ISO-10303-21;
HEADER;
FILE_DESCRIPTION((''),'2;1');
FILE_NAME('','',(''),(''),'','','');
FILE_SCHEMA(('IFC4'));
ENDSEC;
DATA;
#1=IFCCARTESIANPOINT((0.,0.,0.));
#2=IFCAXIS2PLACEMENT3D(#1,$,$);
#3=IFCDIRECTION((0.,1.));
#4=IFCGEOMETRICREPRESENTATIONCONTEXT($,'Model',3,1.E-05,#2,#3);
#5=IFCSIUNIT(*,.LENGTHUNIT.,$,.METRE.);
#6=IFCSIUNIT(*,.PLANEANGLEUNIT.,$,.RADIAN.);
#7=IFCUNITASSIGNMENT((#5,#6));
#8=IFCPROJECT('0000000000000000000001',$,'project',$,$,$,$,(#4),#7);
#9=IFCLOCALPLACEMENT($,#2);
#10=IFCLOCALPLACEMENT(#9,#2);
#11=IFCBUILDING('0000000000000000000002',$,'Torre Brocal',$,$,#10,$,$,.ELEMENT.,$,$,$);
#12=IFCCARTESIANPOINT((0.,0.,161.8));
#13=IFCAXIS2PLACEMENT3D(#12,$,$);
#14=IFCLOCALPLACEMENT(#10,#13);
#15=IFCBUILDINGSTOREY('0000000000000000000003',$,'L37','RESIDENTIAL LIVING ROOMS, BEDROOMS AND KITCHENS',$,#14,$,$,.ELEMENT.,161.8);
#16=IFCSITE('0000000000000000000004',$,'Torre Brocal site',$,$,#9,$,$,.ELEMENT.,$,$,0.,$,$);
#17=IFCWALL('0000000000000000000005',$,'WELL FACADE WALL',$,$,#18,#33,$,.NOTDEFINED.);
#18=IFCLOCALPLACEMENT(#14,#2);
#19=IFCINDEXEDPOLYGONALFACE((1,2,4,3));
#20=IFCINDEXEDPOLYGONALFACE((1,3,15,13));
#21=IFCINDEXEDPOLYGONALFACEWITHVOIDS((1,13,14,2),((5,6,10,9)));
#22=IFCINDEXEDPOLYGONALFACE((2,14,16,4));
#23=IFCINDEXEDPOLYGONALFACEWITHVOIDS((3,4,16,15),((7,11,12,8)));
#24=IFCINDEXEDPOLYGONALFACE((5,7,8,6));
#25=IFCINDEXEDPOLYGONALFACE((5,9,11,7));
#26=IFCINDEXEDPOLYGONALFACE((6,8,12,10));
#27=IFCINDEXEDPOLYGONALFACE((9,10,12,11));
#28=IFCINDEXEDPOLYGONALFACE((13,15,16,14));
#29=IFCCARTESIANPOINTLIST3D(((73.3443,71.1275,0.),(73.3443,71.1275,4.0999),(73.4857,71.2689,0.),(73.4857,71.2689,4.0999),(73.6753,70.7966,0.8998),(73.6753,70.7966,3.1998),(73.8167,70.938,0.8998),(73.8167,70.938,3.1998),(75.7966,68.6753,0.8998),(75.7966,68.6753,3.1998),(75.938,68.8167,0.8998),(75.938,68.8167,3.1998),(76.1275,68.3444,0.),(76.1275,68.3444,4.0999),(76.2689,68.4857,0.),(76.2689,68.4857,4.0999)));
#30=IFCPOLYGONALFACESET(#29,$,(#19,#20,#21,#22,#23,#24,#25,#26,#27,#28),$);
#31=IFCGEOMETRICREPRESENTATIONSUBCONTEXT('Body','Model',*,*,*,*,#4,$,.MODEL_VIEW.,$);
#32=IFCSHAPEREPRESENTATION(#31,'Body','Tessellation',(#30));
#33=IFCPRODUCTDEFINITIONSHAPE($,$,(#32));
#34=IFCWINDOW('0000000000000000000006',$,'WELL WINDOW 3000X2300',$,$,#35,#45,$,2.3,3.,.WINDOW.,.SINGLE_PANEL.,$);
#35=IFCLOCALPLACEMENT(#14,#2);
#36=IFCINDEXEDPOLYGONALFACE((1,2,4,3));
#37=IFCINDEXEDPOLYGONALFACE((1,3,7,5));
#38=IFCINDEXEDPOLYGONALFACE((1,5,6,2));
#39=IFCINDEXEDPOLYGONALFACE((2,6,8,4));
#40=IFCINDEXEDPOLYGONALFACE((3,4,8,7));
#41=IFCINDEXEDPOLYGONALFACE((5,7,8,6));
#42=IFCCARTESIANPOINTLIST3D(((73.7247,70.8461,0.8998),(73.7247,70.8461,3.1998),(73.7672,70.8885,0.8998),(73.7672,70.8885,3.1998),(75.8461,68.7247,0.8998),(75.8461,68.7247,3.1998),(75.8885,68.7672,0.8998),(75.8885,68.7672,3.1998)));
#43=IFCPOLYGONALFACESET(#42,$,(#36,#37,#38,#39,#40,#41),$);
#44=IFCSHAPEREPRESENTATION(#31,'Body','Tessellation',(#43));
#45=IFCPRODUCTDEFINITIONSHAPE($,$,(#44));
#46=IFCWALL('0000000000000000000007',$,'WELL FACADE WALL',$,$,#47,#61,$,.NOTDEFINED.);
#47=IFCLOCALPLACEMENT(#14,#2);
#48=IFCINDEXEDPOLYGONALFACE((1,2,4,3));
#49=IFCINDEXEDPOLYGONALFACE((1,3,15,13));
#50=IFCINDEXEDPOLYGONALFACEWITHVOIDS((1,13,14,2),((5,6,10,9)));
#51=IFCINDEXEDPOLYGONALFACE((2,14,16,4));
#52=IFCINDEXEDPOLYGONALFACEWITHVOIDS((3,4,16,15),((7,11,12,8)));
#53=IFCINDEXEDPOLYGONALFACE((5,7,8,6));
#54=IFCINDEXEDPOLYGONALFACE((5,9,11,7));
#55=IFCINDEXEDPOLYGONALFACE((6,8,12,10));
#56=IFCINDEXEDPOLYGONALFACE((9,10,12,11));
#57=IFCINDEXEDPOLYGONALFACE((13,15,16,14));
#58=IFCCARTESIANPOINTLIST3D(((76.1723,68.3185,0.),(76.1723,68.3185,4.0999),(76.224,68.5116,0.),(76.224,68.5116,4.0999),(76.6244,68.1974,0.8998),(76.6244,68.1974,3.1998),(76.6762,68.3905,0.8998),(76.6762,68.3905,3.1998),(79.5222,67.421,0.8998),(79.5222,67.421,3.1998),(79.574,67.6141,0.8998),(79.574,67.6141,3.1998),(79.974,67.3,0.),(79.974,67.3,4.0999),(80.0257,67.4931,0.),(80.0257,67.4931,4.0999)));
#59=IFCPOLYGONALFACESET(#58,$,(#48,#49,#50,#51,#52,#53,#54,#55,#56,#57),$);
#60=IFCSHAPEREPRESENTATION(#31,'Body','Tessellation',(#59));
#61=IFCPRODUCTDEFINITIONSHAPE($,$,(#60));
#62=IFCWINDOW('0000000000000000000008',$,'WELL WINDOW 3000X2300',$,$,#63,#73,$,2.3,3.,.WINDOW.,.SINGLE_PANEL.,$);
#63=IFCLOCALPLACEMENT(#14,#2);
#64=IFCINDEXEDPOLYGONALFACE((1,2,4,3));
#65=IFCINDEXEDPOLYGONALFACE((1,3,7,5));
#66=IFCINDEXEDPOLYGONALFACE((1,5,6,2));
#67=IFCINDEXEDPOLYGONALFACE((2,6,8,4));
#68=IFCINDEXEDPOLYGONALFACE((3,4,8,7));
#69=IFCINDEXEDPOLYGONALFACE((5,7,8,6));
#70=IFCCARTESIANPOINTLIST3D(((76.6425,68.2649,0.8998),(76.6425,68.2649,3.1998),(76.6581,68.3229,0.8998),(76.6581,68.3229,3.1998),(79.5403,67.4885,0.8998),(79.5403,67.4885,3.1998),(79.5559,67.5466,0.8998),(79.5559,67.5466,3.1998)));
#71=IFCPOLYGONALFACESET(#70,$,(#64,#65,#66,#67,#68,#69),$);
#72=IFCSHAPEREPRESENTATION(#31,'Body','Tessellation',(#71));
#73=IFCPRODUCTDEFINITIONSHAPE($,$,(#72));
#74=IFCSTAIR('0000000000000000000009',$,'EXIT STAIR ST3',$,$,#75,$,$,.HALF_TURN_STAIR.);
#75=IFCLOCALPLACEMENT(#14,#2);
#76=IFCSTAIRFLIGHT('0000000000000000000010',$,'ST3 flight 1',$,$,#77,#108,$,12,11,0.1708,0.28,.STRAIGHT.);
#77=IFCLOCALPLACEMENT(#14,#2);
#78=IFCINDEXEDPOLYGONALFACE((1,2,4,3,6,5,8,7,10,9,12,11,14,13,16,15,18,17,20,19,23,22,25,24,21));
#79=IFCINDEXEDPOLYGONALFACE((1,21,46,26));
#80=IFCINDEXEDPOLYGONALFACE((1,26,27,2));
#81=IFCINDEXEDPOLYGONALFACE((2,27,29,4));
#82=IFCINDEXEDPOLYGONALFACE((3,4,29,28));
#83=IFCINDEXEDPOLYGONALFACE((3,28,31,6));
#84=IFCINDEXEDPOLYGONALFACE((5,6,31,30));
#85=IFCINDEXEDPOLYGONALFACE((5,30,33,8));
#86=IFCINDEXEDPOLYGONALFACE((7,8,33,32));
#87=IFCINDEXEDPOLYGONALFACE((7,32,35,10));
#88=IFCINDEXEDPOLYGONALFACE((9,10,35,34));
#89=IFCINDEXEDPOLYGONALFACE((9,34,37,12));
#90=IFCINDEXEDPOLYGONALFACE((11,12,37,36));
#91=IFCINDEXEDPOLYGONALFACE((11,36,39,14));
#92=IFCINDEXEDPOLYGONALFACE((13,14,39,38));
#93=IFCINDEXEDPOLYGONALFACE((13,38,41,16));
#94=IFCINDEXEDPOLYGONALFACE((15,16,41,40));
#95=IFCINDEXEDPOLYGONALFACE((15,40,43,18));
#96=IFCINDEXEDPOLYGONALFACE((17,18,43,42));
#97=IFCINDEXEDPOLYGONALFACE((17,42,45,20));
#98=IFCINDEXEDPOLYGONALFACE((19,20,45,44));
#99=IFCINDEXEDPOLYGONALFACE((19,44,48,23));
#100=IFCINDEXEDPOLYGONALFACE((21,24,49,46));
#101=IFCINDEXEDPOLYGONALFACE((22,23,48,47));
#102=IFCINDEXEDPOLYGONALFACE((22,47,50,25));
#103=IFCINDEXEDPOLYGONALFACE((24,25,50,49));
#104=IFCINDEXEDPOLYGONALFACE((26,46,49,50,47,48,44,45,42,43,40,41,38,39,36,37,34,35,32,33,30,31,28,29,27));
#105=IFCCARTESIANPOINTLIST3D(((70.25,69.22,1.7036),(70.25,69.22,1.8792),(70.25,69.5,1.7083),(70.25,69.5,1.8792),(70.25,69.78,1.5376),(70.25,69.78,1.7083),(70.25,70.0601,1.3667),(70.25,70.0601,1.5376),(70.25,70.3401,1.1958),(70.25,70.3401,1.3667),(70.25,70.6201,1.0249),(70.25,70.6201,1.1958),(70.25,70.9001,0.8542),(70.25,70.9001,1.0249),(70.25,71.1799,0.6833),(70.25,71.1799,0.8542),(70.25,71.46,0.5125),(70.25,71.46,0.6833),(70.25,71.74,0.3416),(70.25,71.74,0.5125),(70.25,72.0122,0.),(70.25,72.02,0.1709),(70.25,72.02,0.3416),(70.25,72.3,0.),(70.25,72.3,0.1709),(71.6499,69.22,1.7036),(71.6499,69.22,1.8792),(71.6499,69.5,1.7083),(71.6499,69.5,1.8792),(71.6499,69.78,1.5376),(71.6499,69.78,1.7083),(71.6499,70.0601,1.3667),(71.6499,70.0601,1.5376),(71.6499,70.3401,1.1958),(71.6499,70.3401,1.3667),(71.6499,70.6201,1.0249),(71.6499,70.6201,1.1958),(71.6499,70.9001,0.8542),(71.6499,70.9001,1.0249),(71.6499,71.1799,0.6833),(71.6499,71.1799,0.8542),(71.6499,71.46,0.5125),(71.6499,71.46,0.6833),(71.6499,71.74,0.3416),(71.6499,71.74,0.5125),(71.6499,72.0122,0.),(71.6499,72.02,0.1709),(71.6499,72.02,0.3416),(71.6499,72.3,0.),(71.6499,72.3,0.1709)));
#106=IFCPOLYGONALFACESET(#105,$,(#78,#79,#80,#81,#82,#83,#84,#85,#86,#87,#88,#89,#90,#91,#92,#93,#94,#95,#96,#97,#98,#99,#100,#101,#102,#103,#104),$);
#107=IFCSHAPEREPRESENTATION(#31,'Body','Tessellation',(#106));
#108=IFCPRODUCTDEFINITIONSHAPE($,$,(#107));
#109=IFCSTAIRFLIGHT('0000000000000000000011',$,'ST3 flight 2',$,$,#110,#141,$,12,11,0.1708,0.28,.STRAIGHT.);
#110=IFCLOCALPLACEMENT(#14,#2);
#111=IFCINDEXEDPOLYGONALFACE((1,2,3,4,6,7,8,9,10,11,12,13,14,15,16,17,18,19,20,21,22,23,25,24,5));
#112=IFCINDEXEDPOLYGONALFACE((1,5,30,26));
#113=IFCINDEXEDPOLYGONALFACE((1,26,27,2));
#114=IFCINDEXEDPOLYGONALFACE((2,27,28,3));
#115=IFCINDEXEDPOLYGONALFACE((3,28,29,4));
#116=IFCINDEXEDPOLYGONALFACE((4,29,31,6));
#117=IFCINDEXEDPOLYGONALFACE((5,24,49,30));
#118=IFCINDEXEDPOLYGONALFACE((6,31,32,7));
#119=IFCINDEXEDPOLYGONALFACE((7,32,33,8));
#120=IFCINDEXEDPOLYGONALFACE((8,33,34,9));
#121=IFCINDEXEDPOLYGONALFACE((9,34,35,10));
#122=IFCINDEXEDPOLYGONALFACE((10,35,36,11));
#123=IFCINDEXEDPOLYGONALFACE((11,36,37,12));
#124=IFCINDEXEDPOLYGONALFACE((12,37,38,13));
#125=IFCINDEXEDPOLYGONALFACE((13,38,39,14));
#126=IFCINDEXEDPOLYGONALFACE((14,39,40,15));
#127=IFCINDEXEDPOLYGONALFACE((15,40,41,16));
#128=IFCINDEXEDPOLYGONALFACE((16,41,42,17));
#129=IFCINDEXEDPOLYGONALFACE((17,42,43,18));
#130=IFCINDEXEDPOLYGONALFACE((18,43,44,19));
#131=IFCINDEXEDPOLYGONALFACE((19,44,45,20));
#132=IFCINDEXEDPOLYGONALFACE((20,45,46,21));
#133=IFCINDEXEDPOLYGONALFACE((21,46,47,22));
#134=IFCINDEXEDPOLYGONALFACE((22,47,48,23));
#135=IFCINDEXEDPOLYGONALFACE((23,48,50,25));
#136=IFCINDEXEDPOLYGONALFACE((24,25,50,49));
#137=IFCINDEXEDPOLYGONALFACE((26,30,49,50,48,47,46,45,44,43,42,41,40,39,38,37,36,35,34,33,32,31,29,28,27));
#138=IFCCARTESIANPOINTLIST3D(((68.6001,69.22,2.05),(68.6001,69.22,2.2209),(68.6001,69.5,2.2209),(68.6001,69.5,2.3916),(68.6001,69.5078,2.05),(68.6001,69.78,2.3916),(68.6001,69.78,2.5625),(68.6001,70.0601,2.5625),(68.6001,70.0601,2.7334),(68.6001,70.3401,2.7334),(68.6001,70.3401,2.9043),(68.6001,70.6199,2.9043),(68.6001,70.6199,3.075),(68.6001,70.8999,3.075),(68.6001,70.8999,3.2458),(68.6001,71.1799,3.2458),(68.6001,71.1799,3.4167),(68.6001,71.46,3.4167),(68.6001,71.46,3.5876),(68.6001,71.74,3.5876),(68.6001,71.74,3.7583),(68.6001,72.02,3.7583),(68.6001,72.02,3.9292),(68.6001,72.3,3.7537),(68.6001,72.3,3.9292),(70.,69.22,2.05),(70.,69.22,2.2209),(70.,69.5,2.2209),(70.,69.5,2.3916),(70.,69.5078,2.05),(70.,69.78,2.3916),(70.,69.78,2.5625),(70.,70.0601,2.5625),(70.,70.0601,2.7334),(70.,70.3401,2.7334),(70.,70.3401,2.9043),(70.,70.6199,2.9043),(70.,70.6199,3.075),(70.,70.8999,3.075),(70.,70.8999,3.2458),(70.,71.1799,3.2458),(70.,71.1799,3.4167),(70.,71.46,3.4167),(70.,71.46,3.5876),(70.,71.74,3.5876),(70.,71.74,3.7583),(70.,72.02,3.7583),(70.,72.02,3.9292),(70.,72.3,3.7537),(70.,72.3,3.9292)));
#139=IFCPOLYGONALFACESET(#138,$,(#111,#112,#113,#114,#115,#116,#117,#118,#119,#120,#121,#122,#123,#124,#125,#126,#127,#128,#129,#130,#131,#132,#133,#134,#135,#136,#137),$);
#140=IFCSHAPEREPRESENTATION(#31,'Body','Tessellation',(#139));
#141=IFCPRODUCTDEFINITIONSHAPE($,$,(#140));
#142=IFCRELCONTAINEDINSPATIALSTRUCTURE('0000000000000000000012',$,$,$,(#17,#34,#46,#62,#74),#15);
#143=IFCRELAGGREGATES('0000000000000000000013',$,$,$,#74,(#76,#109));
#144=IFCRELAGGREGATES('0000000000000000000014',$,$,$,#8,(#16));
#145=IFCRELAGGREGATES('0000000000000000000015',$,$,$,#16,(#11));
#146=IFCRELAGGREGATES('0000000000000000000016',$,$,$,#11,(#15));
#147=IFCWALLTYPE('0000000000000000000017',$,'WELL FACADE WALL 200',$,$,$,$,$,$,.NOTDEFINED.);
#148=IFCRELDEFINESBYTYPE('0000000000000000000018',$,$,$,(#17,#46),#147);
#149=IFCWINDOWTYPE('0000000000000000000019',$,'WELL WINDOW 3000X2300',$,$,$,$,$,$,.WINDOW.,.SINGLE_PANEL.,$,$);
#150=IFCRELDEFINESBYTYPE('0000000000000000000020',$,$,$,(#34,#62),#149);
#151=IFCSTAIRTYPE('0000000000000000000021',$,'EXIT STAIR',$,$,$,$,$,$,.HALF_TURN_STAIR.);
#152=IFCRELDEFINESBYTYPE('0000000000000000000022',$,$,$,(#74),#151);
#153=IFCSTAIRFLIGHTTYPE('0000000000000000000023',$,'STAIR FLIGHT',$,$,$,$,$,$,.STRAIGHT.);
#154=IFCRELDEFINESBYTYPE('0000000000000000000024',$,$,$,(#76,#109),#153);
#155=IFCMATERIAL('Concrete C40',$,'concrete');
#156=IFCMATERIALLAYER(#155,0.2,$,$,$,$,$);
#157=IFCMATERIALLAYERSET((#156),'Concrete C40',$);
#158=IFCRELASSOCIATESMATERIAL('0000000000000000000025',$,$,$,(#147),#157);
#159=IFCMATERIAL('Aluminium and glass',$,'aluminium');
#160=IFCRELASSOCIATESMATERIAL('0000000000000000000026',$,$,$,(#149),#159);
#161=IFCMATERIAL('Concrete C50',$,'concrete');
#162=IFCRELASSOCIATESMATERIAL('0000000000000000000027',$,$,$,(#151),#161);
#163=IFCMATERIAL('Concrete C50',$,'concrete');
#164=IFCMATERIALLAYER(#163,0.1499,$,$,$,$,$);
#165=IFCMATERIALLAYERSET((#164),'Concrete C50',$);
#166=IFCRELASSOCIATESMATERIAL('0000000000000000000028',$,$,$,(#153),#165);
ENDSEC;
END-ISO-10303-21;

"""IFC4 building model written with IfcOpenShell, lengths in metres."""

from ifc_helpers import new_model, si_unit, direction, frame, frame_2d, origin, place, context, subcontext, project, spatial, polyline, rectangle, outline, extrude, material, layer, layer_set, type_object, element, fill, aggregate, save


model = new_model("IFC4")

# Units and contexts
model_context = context("Model", 3, precision=1e-05, world=origin(), true_north=direction((0.0, 1.0)))
body_context = subcontext(model_context, "Body", "Model", "MODEL_VIEW")
ifc_project = project(units=[si_unit("LENGTHUNIT", "METRE"), si_unit("PLANEANGLEUNIT", "RADIAN")], contexts=[model_context])

# Site, building, storey
site_placement = place(None, origin())
site = spatial("IfcSite", under=ifc_project, at=site_placement, Name="Torre Brocal site", CompositionType="ELEMENT", RefElevation=0.0)
building_placement = place(site_placement, origin())
building = spatial("IfcBuilding", under=site, at=building_placement, Name="Torre Brocal", CompositionType="ELEMENT")
storey_placement = place(building_placement, frame((0.0, 0.0, 161.8)))
storey = spatial("IfcBuildingStorey", under=building, at=storey_placement, Name="L37", Description="RESIDENTIAL LIVING ROOMS, BEDROOMS AND KITCHENS", CompositionType="ELEMENT", Elevation=161.8)

# Walls, openings, windows
ifc_material_1 = material(Name="Concrete C40", Category="concrete")
ifc_layer_1 = layer(ifc_material_1, 0.2)
ifc_layer_set_1 = layer_set([ifc_layer_1], Name="Concrete C40")
wall_type_1 = type_object("IfcWallType", Name="WELL FACADE WALL 200", PredefinedType="NOTDEFINED", material=ifc_layer_set_1)
wall_1_placement = place(storey_placement, frame((73.415, 71.1982, 0.0), z_axis=(0.0, 0.0, 1.0), x_axis=(0.707107, -0.707107, 0.0)))
wall_1 = element("IfcWall", 1, at=wall_1_placement, inside=storey, type_object=wall_type_1, Name="WELL FACADE WALL", PredefinedType="NOTDEFINED", context=body_context, shape_type="SweptSolid", body=[
    extrude(rectangle(XDim=3.936, YDim=0.2, at=frame_2d((1.968, 0.0))), origin(), (0.0, 0.0, 1.0), 4.0999),
])
opening_1_placement = place(wall_1_placement, frame((0.468, 0.0, 0.8999)))
opening_1 = element("IfcOpeningElement", 2, at=opening_1_placement, cuts=wall_1, PredefinedType="OPENING", context=body_context, shape_type="SweptSolid", body=[
    extrude(rectangle(XDim=3.0, YDim=2.3, at=frame_2d((1.5, 1.1499))), frame((0.0, 0.1099, 0.0), z_axis=(0.0, -1.0, 0.0), x_axis=(1.0, 0.0, 0.0)), (0.0, 0.0, 1.0), 0.22),
])
ifc_material_2 = material(Name="Aluminium and glass", Category="aluminium")
window_type = type_object("IfcWindowType", Name="WELL WINDOW 3000X2300", PartitioningType="SINGLE_PANEL", PredefinedType="WINDOW", material=ifc_material_2)
window_1_placement = place(opening_1_placement, origin())
window_1 = element("IfcWindow", 3, at=window_1_placement, inside=storey, type_object=window_type, Name="WELL WINDOW 3000X2300", OverallHeight=2.3, OverallWidth=3.0, PartitioningType="SINGLE_PANEL", PredefinedType="WINDOW", context=body_context, shape_type="SweptSolid", body=[
    extrude(rectangle(XDim=3.0, YDim=2.3, at=frame_2d((1.5, 1.1499))), frame((0.0, 0.03, 0.0), z_axis=(0.0, -1.0, 0.0), x_axis=(1.0, 0.0, 0.0)), (0.0, 0.0, 1.0), 0.0601),
])
fill(opening_1, window_1)
wall_2_placement = place(storey_placement, frame((76.1982, 68.415, 0.0), z_axis=(0.0, 0.0, 1.0), x_axis=(0.965934, -0.25879, 0.0)))
wall_2 = element("IfcWall", 4, at=wall_2_placement, inside=storey, type_object=wall_type_1, Name="WELL FACADE WALL", PredefinedType="NOTDEFINED", context=body_context, shape_type="SweptSolid", body=[
    extrude(rectangle(XDim=3.9358, YDim=0.2, at=frame_2d((1.9678, 0.0))), origin(), (0.0, 0.0, 1.0), 4.0999),
])
opening_2_placement = place(wall_2_placement, frame((0.468, 0.0, 0.8999)))
opening_2 = element("IfcOpeningElement", 5, at=opening_2_placement, cuts=wall_2, PredefinedType="OPENING", context=body_context, shape_type="SweptSolid", body=[
    extrude(rectangle(XDim=3.0, YDim=2.3, at=frame_2d((1.5, 1.1499))), frame((0.0, 0.1099, 0.0), z_axis=(0.0, -1.0, 0.0), x_axis=(1.0, 0.0, 0.0)), (0.0, 0.0, 1.0), 0.22),
])
window_2_placement = place(opening_2_placement, origin())
window_2 = element("IfcWindow", 6, at=window_2_placement, inside=storey, type_object=window_type, Name="WELL WINDOW 3000X2300", OverallHeight=2.3, OverallWidth=3.0, PartitioningType="SINGLE_PANEL", PredefinedType="WINDOW", context=body_context, shape_type="SweptSolid", body=[
    extrude(rectangle(XDim=3.0, YDim=2.3, at=frame_2d((1.5, 1.1499))), frame((0.0, 0.03, 0.0), z_axis=(0.0, -1.0, 0.0), x_axis=(1.0, 0.0, 0.0)), (0.0, 0.0, 1.0), 0.0601),
])
fill(opening_2, window_2)

# Stair, stair flights
ifc_material_3 = material(Name="Concrete C50", Category="concrete")
stair_type = type_object("IfcStairType", Name="EXIT STAIR", PredefinedType="HALF_TURN_STAIR", material=ifc_material_3)
stair_placement = place(storey_placement, origin())
stair = element("IfcStair", 7, at=stair_placement, inside=storey, type_object=stair_type, Name="EXIT STAIR ST3", PredefinedType="HALF_TURN_STAIR")
ifc_material_4 = material(Name="Concrete C50", Category="concrete")
ifc_layer_2 = layer(ifc_material_4, 0.1499)
ifc_layer_set_2 = layer_set([ifc_layer_2], Name="Concrete C50")
stair_flight_type = type_object("IfcStairFlightType", Name="STAIR FLIGHT", PredefinedType="STRAIGHT", material=ifc_layer_set_2)
stair_flight_1_placement = place(storey_placement, frame((70.95, 72.3, 0.0), z_axis=(0.0, 0.0, 1.0), x_axis=(0.0, -1.0, 0.0)))
stair_flight_1 = element("IfcStairFlight", 8, at=stair_flight_1_placement, type_object=stair_flight_type, Name="ST3 flight 1", NumberOfRisers=12, NumberOfTreads=11, PredefinedType="STRAIGHT", RiserHeight=0.1708, TreadLength=0.28, context=body_context, shape_type="SweptSolid", body=[
    extrude(outline(polyline([(0.0, 0.0), (0.0, 0.1709), (0.28, 0.1709), (0.28, 0.3416), (0.5601, 0.3416), (0.5601, 0.5125), (0.8401, 0.5125), (0.8401, 0.6833), (1.1201, 0.6833), (1.1201, 0.8542), (1.3999, 0.8542), (1.3999, 1.0249), (1.6799, 1.0249), (1.6799, 1.1958), (1.96, 1.1958), (1.96, 1.3667), (2.24, 1.3667), (2.24, 1.5376), (2.52, 1.5376), (2.52, 1.7083), (2.8, 1.7083), (2.8, 1.8792), (3.0801, 1.8792), (3.0801, 2.05), (3.0801, 1.7036), (0.2878, 0.0), (0.0, 0.0)])), frame((0.0, 0.7, 0.0), z_axis=(0.0, -1.0, 0.0), x_axis=(1.0, 0.0, 0.0)), (0.0, 0.0, 1.0), 1.3999),
])
stair_flight_2_placement = place(storey_placement, frame((69.3, 69.22, 2.05), z_axis=(0.0, 0.0, 1.0), x_axis=(0.0, 1.0, 0.0)))
stair_flight_2 = element("IfcStairFlight", 9, at=stair_flight_2_placement, type_object=stair_flight_type, Name="ST3 flight 2", NumberOfRisers=12, NumberOfTreads=11, PredefinedType="STRAIGHT", RiserHeight=0.1708, TreadLength=0.28, context=body_context, shape_type="SweptSolid", body=[
    extrude(outline(polyline([(0.0, 0.0), (0.0, 0.1709), (0.28, 0.1709), (0.28, 0.3416), (0.5601, 0.3416), (0.5601, 0.5125), (0.8401, 0.5125), (0.8401, 0.6833), (1.1201, 0.6833), (1.1201, 0.8542), (1.3999, 0.8542), (1.3999, 1.0249), (1.6799, 1.0249), (1.6799, 1.1958), (1.96, 1.1958), (1.96, 1.3667), (2.24, 1.3667), (2.24, 1.5376), (2.52, 1.5376), (2.52, 1.7083), (2.8, 1.7083), (2.8, 1.8792), (3.0801, 1.8792), (3.0801, 2.05), (3.0801, 1.7036), (0.2878, 0.0), (0.0, 0.0)])), frame((0.0, 0.7, 0.0), z_axis=(0.0, -1.0, 0.0), x_axis=(1.0, 0.0, 0.0)), (0.0, 0.0, 1.0), 1.3999),
])
aggregate(stair, [stair_flight_1, stair_flight_2])

save(model, "model.ifc")
